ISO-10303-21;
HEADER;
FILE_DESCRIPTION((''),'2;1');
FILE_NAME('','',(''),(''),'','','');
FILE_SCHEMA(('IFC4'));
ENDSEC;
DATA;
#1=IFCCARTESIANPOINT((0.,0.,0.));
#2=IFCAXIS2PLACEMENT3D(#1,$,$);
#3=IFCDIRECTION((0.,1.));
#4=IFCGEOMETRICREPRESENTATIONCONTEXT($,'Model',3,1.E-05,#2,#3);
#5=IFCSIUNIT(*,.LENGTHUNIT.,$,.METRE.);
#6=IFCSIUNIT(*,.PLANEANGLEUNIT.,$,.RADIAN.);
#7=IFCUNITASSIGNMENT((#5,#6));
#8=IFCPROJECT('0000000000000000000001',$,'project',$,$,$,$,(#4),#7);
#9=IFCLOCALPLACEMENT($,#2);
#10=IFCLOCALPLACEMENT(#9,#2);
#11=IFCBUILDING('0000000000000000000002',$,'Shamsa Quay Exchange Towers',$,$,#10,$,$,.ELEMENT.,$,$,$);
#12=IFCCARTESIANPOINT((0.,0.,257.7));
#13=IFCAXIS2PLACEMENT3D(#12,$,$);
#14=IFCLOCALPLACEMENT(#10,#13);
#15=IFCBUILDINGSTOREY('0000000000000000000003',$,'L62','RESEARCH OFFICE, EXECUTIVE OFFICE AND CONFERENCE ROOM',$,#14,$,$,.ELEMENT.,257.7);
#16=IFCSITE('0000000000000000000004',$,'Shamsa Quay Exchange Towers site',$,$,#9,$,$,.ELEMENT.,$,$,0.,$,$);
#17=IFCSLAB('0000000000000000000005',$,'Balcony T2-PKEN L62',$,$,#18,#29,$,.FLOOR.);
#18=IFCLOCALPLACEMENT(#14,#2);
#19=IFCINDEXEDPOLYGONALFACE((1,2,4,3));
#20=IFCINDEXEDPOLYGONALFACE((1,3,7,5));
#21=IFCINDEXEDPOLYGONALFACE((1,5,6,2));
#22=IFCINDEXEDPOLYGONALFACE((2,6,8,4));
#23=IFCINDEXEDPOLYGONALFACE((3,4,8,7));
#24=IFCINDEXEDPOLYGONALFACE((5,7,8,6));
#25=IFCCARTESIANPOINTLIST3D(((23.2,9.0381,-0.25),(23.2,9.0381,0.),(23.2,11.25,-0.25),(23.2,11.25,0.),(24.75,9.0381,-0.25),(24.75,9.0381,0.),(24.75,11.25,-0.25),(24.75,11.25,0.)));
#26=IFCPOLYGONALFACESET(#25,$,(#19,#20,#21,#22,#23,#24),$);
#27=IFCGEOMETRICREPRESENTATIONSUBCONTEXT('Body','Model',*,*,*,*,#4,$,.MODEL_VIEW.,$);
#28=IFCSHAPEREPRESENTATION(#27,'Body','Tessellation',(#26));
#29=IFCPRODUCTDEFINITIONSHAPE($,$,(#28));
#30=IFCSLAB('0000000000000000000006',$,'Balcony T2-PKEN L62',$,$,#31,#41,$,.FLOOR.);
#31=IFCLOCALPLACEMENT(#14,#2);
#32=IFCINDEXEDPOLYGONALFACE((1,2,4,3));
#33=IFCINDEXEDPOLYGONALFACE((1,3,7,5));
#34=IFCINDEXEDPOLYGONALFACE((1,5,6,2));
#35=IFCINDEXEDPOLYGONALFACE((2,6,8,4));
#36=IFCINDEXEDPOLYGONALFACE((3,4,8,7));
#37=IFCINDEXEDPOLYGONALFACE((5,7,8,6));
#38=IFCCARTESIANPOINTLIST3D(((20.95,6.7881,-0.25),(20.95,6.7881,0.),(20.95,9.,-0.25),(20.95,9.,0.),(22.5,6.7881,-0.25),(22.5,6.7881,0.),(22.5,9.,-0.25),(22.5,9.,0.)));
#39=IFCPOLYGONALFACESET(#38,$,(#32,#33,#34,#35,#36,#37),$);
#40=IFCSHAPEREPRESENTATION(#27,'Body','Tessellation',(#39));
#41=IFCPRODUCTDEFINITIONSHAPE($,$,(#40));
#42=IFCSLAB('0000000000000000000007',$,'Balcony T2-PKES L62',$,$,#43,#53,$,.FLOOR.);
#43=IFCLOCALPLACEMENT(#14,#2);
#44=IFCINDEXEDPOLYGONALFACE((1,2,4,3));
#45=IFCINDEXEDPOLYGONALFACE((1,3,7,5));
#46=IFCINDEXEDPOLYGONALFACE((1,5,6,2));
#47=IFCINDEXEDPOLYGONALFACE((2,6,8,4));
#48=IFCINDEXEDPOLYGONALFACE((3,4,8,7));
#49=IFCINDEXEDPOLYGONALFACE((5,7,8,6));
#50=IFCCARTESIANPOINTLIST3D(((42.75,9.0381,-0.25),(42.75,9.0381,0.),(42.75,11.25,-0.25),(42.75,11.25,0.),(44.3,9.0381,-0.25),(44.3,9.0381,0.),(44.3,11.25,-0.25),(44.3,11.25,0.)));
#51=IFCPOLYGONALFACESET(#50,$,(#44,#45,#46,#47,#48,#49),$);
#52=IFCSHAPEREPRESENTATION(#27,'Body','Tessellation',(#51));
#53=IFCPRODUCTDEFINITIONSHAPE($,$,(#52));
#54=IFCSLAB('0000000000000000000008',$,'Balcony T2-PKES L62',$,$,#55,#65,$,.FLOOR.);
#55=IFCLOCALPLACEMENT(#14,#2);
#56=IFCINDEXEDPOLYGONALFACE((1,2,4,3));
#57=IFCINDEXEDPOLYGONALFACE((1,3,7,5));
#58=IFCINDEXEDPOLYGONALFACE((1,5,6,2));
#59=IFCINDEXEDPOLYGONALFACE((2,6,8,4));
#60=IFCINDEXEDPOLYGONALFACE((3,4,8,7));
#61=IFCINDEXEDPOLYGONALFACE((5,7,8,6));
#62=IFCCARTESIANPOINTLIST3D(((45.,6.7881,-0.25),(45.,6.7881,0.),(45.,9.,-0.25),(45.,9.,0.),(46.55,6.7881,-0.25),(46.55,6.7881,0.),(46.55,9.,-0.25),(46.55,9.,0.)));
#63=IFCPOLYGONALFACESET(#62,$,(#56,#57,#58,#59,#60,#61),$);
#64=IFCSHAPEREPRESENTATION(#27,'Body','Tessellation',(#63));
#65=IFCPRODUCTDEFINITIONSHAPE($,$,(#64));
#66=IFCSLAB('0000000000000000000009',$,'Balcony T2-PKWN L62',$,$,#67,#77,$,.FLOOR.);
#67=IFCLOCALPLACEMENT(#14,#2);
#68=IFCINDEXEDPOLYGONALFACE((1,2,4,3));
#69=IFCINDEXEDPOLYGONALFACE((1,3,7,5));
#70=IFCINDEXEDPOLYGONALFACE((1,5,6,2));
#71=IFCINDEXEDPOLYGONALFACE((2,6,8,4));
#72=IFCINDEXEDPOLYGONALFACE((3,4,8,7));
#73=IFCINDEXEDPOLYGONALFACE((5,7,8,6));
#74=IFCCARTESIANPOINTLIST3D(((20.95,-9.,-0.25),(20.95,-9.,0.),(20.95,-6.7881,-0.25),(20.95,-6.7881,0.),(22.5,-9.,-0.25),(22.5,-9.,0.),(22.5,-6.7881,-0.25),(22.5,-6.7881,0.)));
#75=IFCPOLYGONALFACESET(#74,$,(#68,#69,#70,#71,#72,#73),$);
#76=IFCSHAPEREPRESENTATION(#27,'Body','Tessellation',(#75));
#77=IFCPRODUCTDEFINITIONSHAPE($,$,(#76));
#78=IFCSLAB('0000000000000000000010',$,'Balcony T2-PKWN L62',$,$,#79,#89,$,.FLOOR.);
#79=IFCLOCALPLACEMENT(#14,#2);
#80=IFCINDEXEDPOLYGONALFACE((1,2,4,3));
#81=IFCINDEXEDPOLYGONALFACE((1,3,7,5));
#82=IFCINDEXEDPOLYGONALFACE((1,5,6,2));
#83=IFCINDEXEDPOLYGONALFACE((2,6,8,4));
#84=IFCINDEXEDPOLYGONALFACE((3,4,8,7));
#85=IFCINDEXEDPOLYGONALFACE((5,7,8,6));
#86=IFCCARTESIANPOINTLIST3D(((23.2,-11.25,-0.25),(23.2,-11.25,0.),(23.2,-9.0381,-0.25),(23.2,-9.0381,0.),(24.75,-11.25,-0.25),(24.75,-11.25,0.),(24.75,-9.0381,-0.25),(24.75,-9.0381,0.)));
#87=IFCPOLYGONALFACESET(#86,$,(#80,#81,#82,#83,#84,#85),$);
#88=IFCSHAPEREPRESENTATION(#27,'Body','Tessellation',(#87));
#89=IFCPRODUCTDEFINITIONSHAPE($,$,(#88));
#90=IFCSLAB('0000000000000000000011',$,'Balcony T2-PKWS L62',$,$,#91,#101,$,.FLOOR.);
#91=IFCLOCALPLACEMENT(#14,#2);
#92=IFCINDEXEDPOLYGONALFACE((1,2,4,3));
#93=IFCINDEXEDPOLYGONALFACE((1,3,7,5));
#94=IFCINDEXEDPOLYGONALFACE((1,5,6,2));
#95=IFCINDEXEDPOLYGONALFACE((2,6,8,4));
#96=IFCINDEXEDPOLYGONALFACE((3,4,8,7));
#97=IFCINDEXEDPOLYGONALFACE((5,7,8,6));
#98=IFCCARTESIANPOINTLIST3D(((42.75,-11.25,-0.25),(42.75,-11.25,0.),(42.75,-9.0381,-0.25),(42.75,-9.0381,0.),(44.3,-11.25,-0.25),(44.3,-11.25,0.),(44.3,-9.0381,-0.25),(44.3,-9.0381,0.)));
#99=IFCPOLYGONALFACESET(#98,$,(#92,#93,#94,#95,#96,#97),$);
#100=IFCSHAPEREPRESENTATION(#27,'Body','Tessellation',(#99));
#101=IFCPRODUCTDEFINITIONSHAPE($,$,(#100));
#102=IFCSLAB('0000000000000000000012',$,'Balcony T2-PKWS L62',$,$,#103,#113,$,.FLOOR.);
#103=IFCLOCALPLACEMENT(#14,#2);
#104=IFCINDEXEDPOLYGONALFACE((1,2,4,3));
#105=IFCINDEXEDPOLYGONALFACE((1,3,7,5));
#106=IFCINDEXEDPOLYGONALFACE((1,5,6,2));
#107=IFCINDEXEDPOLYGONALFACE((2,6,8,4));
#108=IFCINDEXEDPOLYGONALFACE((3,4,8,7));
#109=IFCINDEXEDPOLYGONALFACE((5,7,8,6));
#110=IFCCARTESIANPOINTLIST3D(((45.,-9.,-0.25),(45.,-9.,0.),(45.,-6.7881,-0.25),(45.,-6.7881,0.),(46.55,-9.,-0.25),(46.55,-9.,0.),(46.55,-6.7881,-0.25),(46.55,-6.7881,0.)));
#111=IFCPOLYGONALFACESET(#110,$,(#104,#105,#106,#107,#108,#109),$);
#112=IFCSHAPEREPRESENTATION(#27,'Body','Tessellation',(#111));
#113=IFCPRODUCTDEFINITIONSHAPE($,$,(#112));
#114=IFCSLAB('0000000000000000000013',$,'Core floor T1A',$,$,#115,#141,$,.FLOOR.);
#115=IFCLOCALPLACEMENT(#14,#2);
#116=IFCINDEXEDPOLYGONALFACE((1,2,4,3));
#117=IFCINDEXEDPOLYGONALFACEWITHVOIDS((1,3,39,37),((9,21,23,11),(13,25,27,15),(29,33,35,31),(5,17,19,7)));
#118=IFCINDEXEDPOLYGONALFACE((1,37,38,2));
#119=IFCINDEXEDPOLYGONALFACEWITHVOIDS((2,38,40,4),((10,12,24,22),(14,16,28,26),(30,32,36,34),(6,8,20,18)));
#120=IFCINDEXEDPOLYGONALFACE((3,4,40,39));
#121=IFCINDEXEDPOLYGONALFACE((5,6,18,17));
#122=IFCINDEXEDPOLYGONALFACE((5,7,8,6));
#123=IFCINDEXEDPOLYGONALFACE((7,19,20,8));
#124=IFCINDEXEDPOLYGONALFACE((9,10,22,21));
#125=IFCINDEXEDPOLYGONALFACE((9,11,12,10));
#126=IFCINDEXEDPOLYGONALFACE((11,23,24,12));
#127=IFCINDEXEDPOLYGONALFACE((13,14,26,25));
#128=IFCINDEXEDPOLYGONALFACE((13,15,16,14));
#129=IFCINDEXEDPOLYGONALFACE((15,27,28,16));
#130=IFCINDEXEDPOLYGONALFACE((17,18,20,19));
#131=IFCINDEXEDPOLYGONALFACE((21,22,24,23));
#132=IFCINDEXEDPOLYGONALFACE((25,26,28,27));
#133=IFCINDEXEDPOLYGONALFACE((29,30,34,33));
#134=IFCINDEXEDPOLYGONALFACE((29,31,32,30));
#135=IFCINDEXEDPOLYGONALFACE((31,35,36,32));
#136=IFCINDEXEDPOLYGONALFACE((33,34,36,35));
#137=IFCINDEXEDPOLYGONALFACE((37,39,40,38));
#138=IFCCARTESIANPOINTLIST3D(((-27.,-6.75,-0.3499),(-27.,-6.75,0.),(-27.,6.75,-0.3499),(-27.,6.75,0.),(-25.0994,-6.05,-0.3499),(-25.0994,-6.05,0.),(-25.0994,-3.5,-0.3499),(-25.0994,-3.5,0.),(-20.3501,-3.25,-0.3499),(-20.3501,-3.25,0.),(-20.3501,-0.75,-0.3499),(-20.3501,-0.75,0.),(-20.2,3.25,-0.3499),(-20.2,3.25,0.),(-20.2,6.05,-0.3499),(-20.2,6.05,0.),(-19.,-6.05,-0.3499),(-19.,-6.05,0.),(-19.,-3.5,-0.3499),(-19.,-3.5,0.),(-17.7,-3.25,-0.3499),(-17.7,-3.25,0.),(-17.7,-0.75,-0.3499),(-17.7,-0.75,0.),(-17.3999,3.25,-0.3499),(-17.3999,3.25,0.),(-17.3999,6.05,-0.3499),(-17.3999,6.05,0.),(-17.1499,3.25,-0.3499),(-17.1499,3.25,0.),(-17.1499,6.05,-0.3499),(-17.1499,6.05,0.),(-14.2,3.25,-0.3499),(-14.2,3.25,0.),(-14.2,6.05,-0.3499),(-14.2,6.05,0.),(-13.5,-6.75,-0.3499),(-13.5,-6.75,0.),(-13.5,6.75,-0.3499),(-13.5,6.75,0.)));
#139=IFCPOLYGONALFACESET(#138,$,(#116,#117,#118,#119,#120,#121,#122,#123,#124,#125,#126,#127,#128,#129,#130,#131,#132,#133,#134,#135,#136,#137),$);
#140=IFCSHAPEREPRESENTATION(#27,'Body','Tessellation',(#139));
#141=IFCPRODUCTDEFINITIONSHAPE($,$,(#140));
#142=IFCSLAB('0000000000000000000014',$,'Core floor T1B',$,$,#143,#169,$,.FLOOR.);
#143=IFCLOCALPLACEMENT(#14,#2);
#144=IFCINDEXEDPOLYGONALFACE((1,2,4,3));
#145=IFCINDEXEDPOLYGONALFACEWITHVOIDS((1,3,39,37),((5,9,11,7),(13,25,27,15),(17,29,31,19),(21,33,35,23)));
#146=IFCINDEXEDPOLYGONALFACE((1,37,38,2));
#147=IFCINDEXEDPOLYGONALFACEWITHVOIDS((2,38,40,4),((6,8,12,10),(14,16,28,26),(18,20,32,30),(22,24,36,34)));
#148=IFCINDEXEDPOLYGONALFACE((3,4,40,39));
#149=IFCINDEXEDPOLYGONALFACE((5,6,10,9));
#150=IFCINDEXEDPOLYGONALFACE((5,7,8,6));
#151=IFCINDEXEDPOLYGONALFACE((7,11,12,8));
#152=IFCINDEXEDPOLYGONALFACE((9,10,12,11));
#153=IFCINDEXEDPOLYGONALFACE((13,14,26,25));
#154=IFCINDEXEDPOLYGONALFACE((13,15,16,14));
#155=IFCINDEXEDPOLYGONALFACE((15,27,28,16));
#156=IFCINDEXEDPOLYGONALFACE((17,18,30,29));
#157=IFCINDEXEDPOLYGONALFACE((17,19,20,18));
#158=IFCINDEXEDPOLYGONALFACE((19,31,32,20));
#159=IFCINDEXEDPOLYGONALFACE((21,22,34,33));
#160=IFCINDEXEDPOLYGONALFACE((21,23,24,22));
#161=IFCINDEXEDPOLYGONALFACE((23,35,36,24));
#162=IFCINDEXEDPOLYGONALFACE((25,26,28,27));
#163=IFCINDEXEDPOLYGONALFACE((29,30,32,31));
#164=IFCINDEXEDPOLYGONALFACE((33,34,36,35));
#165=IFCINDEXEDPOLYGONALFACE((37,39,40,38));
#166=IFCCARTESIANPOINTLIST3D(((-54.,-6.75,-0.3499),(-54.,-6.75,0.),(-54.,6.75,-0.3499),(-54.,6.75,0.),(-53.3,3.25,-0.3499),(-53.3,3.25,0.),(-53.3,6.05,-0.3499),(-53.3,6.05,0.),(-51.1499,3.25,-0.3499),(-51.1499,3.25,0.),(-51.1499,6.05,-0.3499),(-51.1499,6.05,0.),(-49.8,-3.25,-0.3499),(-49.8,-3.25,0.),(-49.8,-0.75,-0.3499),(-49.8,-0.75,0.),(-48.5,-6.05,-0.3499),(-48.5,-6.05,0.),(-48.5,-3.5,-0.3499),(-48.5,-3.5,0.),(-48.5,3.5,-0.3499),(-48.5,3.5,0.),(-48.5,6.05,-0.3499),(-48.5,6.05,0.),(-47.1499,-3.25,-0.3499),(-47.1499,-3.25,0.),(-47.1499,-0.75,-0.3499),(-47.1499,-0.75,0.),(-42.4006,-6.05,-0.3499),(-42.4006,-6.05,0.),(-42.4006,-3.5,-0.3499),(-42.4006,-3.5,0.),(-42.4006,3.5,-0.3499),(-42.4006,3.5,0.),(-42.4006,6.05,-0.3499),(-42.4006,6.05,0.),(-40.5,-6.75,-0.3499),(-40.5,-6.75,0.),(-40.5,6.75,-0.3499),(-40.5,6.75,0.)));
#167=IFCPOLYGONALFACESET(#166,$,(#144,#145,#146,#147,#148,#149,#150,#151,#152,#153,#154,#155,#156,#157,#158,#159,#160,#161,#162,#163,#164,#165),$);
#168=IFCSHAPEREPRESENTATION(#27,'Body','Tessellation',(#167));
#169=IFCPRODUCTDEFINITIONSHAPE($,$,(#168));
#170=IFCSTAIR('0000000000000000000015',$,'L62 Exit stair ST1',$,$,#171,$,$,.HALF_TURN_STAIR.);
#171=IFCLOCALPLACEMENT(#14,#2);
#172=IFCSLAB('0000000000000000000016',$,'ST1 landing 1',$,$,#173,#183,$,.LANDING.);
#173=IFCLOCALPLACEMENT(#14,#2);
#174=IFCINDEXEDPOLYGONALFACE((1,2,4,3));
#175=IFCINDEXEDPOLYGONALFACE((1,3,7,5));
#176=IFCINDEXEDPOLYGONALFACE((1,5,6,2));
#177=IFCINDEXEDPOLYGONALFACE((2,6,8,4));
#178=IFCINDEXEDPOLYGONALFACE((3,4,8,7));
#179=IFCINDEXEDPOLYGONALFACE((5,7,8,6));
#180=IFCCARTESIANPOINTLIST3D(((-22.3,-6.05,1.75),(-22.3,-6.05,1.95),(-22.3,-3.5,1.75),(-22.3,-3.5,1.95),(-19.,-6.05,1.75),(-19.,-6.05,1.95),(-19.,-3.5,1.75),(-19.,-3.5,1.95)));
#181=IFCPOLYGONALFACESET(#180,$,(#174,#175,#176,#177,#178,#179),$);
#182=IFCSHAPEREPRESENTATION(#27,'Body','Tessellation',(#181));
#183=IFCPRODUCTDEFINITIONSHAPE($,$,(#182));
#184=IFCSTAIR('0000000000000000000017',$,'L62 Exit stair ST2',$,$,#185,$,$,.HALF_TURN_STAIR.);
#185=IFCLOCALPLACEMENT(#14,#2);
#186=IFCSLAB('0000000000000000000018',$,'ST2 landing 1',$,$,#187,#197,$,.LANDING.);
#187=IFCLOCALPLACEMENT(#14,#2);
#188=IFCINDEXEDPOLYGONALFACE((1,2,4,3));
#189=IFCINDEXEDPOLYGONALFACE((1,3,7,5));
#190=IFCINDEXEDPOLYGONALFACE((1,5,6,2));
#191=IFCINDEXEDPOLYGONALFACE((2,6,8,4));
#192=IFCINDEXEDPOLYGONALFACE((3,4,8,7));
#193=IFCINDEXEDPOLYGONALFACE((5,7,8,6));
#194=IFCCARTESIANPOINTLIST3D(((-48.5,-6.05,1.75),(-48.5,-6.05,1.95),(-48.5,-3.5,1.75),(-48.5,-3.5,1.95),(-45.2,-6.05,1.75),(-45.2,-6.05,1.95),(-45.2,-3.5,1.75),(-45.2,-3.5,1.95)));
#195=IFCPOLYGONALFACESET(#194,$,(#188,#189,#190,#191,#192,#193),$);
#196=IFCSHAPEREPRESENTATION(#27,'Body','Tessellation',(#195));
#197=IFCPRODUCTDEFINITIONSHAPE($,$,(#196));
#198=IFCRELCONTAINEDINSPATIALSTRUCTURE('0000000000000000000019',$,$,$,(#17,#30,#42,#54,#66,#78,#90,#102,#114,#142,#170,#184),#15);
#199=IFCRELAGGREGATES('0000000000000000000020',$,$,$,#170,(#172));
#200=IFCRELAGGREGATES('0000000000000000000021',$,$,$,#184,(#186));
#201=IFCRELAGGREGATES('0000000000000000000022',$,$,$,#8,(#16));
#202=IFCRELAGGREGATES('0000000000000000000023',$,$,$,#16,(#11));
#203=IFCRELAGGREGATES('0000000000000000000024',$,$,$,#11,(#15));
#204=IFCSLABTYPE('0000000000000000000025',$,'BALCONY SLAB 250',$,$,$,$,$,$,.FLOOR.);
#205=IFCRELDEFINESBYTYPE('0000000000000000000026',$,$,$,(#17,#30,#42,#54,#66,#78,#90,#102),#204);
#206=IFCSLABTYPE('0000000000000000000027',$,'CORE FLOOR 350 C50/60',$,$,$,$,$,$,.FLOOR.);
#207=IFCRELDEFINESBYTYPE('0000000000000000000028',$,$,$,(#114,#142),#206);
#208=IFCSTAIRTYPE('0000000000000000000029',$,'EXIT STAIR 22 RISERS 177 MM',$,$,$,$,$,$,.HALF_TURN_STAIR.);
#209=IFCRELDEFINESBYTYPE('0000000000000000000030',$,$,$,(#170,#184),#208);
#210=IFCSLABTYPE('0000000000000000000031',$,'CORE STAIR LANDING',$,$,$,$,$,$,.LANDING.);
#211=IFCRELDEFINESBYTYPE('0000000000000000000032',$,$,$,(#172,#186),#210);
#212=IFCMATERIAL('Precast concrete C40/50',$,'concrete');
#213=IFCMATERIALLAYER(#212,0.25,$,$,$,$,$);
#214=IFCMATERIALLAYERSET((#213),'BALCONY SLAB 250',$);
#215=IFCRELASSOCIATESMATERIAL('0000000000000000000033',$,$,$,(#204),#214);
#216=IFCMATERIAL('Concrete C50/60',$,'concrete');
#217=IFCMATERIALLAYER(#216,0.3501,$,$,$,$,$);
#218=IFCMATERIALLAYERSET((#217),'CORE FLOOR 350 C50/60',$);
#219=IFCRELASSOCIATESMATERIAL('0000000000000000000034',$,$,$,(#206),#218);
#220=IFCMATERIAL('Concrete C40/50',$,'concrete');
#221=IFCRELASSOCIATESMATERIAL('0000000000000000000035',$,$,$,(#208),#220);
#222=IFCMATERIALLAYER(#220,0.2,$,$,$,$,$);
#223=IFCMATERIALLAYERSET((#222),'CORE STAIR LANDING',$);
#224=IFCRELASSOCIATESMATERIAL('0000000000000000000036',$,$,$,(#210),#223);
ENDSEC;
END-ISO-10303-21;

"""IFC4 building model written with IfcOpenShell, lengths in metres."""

from ifc_helpers import new_model, si_unit, direction, frame, origin, place, context, subcontext, project, spatial, polyline, outline, extrude, material, layer, layer_set, type_object, element, aggregate, save


model = new_model("IFC4")

# Units and contexts
model_context = context("Model", 3, precision=1e-05, world=origin(), true_north=direction((0.0, 1.0)))
body_context = subcontext(model_context, "Body", "Model", "MODEL_VIEW")
ifc_project = project(units=[si_unit("LENGTHUNIT", "METRE"), si_unit("PLANEANGLEUNIT", "RADIAN")], contexts=[model_context])

# Site, building, storey
site_placement = place(None, origin())
site = spatial("IfcSite", under=ifc_project, at=site_placement, Name="Shamsa Quay Exchange Towers site", CompositionType="ELEMENT", RefElevation=0.0)
building_placement = place(site_placement, origin())
building = spatial("IfcBuilding", under=site, at=building_placement, Name="Shamsa Quay Exchange Towers", CompositionType="ELEMENT")
storey_placement = place(building_placement, frame((0.0, 0.0, 257.7)))
storey = spatial("IfcBuildingStorey", under=building, at=storey_placement, Name="L62", Description="RESEARCH OFFICE, EXECUTIVE OFFICE AND CONFERENCE ROOM", CompositionType="ELEMENT", Elevation=257.7)

# Slabs
ifc_material_1 = material(Name="Precast concrete C40/50", Category="concrete")
ifc_layer_1 = layer(ifc_material_1, 0.25)
ifc_layer_set_1 = layer_set([ifc_layer_1], Name="BALCONY SLAB 250")
slab_type_1 = type_object("IfcSlabType", Name="BALCONY SLAB 250", PredefinedType="FLOOR", material=ifc_layer_set_1)
slab_1_placement = place(storey_placement, frame((0.0, 0.0, -0.25)))
element("IfcSlab", 1, at=slab_1_placement, inside=storey, type_object=slab_type_1, Name="Balcony T2-PKEN L62", PredefinedType="FLOOR", context=body_context, shape_type="SweptSolid", body=[
    extrude(outline(polyline([(24.75, 11.25), (24.75, 9.0381), (23.2, 9.0381), (23.2, 11.25), (24.75, 11.25)])), origin(), (0.0, 0.0, 1.0), 0.25),
])
slab_2_placement = place(storey_placement, frame((0.0, 0.0, -0.25)))
element("IfcSlab", 2, at=slab_2_placement, inside=storey, type_object=slab_type_1, Name="Balcony T2-PKEN L62", PredefinedType="FLOOR", context=body_context, shape_type="SweptSolid", body=[
    extrude(outline(polyline([(22.5, 9.0), (22.5, 6.7881), (20.95, 6.7881), (20.95, 9.0), (22.5, 9.0)])), origin(), (0.0, 0.0, 1.0), 0.25),
])
slab_3_placement = place(storey_placement, frame((0.0, 0.0, -0.25)))
element("IfcSlab", 3, at=slab_3_placement, inside=storey, type_object=slab_type_1, Name="Balcony T2-PKES L62", PredefinedType="FLOOR", context=body_context, shape_type="SweptSolid", body=[
    extrude(outline(polyline([(42.75, 9.0381), (42.75, 11.25), (44.3, 11.25), (44.3, 9.0381), (42.75, 9.0381)])), origin(), (0.0, 0.0, 1.0), 0.25),
])
slab_4_placement = place(storey_placement, frame((0.0, 0.0, -0.25)))
element("IfcSlab", 4, at=slab_4_placement, inside=storey, type_object=slab_type_1, Name="Balcony T2-PKES L62", PredefinedType="FLOOR", context=body_context, shape_type="SweptSolid", body=[
    extrude(outline(polyline([(45.0, 6.7881), (45.0, 9.0), (46.55, 9.0), (46.55, 6.7881), (45.0, 6.7881)])), origin(), (0.0, 0.0, 1.0), 0.25),
])
slab_5_placement = place(storey_placement, frame((0.0, 0.0, -0.25)))
element("IfcSlab", 5, at=slab_5_placement, inside=storey, type_object=slab_type_1, Name="Balcony T2-PKWN L62", PredefinedType="FLOOR", context=body_context, shape_type="SweptSolid", body=[
    extrude(outline(polyline([(22.5, -6.7881), (22.5, -9.0), (20.95, -9.0), (20.95, -6.7881), (22.5, -6.7881)])), origin(), (0.0, 0.0, 1.0), 0.25),
])
slab_6_placement = place(storey_placement, frame((0.0, 0.0, -0.25)))
element("IfcSlab", 6, at=slab_6_placement, inside=storey, type_object=slab_type_1, Name="Balcony T2-PKWN L62", PredefinedType="FLOOR", context=body_context, shape_type="SweptSolid", body=[
    extrude(outline(polyline([(24.75, -9.0381), (24.75, -11.25), (23.2, -11.25), (23.2, -9.0381), (24.75, -9.0381)])), origin(), (0.0, 0.0, 1.0), 0.25),
])
slab_7_placement = place(storey_placement, frame((0.0, 0.0, -0.25)))
element("IfcSlab", 7, at=slab_7_placement, inside=storey, type_object=slab_type_1, Name="Balcony T2-PKWS L62", PredefinedType="FLOOR", context=body_context, shape_type="SweptSolid", body=[
    extrude(outline(polyline([(42.75, -11.25), (42.75, -9.0381), (44.3, -9.0381), (44.3, -11.25), (42.75, -11.25)])), origin(), (0.0, 0.0, 1.0), 0.25),
])
slab_8_placement = place(storey_placement, frame((0.0, 0.0, -0.25)))
element("IfcSlab", 8, at=slab_8_placement, inside=storey, type_object=slab_type_1, Name="Balcony T2-PKWS L62", PredefinedType="FLOOR", context=body_context, shape_type="SweptSolid", body=[
    extrude(outline(polyline([(45.0, -9.0), (45.0, -6.7881), (46.55, -6.7881), (46.55, -9.0), (45.0, -9.0)])), origin(), (0.0, 0.0, 1.0), 0.25),
])
ifc_material_2 = material(Name="Concrete C50/60", Category="concrete")
ifc_layer_2 = layer(ifc_material_2, 0.3501)
ifc_layer_set_2 = layer_set([ifc_layer_2], Name="CORE FLOOR 350 C50/60")
slab_type_2 = type_object("IfcSlabType", Name="CORE FLOOR 350 C50/60", PredefinedType="FLOOR", material=ifc_layer_set_2)
slab_9_placement = place(storey_placement, frame((0.0, 0.0, -0.3499)))
element("IfcSlab", 9, at=slab_9_placement, inside=storey, type_object=slab_type_2, Name="Core floor T1A", PredefinedType="FLOOR", context=body_context, shape_type="SweptSolid", body=[
    extrude(outline(polyline([(-27.0, -6.75), (-13.5, -6.75), (-13.5, 6.75), (-27.0, 6.75), (-27.0, -6.75)]), holes=[polyline([(-25.0994, -6.05), (-25.0994, -3.5), (-19.0, -3.5), (-19.0, -6.05), (-25.0994, -6.05)]), polyline([(-20.2, 3.25), (-20.2, 6.05), (-17.3999, 6.05), (-17.3999, 3.25), (-20.2, 3.25)]), polyline([(-17.1499, 3.25), (-17.1499, 6.05), (-14.2, 6.05), (-14.2, 3.25), (-17.1499, 3.25)]), polyline([(-20.3501, -3.25), (-20.3501, -0.75), (-17.7, -0.75), (-17.7, -3.25), (-20.3501, -3.25)])]), origin(), (0.0, 0.0, 1.0), 0.3499),
])
slab_10_placement = place(storey_placement, frame((0.0, 0.0, -0.3499)))
element("IfcSlab", 10, at=slab_10_placement, inside=storey, type_object=slab_type_2, Name="Core floor T1B", PredefinedType="FLOOR", context=body_context, shape_type="SweptSolid", body=[
    extrude(outline(polyline([(-40.5, -6.75), (-40.5, 6.75), (-54.0, 6.75), (-54.0, -6.75), (-40.5, -6.75)]), holes=[polyline([(-42.4006, -3.5), (-42.4006, -6.05), (-48.5, -6.05), (-48.5, -3.5), (-42.4006, -3.5)]), polyline([(-42.4006, 6.05), (-42.4006, 3.5), (-48.5, 3.5), (-48.5, 6.05), (-42.4006, 6.05)]), polyline([(-51.1499, 3.25), (-53.3, 3.25), (-53.3, 6.05), (-51.1499, 6.05), (-51.1499, 3.25)]), polyline([(-47.1499, -3.25), (-49.8, -3.25), (-49.8, -0.75), (-47.1499, -0.75), (-47.1499, -3.25)])]), origin(), (0.0, 0.0, 1.0), 0.3499),
])

# Stairs, slabs
ifc_material_3 = material(Name="Concrete C40/50", Category="concrete")
stair_type = type_object("IfcStairType", Name="EXIT STAIR 22 RISERS 177 MM", PredefinedType="HALF_TURN_STAIR", material=ifc_material_3)
stair_1_placement = place(storey_placement, origin())
stair_1 = element("IfcStair", 11, at=stair_1_placement, inside=storey, type_object=stair_type, Name="L62 Exit stair ST1", PredefinedType="HALF_TURN_STAIR")
ifc_layer_3 = layer(ifc_material_3, 0.2)
ifc_layer_set_3 = layer_set([ifc_layer_3], Name="CORE STAIR LANDING")
slab_type_3 = type_object("IfcSlabType", Name="CORE STAIR LANDING", PredefinedType="LANDING", material=ifc_layer_set_3)
slab_11_placement = place(storey_placement, frame((0.0, 0.0, 1.75)))
slab_11 = element("IfcSlab", 12, at=slab_11_placement, type_object=slab_type_3, Name="ST1 landing 1", PredefinedType="LANDING", context=body_context, shape_type="SweptSolid", body=[
    extrude(outline(polyline([(-22.3, -6.05), (-19.0, -6.05), (-19.0, -3.5), (-22.3, -3.5), (-22.3, -6.05)])), origin(), (0.0, 0.0, 1.0), 0.2),
])
aggregate(stair_1, [slab_11])
stair_2_placement = place(storey_placement, origin())
stair_2 = element("IfcStair", 13, at=stair_2_placement, inside=storey, type_object=stair_type, Name="L62 Exit stair ST2", PredefinedType="HALF_TURN_STAIR")
slab_12_placement = place(storey_placement, frame((0.0, 0.0, 1.75)))
slab_12 = element("IfcSlab", 14, at=slab_12_placement, type_object=slab_type_3, Name="ST2 landing 1", PredefinedType="LANDING", context=body_context, shape_type="SweptSolid", body=[
    extrude(outline(polyline([(-45.2, -3.5), (-48.5, -3.5), (-48.5, -6.05), (-45.2, -6.05), (-45.2, -3.5)])), origin(), (0.0, 0.0, 1.0), 0.2),
])
aggregate(stair_2, [slab_12])

save(model, "model.ifc")
